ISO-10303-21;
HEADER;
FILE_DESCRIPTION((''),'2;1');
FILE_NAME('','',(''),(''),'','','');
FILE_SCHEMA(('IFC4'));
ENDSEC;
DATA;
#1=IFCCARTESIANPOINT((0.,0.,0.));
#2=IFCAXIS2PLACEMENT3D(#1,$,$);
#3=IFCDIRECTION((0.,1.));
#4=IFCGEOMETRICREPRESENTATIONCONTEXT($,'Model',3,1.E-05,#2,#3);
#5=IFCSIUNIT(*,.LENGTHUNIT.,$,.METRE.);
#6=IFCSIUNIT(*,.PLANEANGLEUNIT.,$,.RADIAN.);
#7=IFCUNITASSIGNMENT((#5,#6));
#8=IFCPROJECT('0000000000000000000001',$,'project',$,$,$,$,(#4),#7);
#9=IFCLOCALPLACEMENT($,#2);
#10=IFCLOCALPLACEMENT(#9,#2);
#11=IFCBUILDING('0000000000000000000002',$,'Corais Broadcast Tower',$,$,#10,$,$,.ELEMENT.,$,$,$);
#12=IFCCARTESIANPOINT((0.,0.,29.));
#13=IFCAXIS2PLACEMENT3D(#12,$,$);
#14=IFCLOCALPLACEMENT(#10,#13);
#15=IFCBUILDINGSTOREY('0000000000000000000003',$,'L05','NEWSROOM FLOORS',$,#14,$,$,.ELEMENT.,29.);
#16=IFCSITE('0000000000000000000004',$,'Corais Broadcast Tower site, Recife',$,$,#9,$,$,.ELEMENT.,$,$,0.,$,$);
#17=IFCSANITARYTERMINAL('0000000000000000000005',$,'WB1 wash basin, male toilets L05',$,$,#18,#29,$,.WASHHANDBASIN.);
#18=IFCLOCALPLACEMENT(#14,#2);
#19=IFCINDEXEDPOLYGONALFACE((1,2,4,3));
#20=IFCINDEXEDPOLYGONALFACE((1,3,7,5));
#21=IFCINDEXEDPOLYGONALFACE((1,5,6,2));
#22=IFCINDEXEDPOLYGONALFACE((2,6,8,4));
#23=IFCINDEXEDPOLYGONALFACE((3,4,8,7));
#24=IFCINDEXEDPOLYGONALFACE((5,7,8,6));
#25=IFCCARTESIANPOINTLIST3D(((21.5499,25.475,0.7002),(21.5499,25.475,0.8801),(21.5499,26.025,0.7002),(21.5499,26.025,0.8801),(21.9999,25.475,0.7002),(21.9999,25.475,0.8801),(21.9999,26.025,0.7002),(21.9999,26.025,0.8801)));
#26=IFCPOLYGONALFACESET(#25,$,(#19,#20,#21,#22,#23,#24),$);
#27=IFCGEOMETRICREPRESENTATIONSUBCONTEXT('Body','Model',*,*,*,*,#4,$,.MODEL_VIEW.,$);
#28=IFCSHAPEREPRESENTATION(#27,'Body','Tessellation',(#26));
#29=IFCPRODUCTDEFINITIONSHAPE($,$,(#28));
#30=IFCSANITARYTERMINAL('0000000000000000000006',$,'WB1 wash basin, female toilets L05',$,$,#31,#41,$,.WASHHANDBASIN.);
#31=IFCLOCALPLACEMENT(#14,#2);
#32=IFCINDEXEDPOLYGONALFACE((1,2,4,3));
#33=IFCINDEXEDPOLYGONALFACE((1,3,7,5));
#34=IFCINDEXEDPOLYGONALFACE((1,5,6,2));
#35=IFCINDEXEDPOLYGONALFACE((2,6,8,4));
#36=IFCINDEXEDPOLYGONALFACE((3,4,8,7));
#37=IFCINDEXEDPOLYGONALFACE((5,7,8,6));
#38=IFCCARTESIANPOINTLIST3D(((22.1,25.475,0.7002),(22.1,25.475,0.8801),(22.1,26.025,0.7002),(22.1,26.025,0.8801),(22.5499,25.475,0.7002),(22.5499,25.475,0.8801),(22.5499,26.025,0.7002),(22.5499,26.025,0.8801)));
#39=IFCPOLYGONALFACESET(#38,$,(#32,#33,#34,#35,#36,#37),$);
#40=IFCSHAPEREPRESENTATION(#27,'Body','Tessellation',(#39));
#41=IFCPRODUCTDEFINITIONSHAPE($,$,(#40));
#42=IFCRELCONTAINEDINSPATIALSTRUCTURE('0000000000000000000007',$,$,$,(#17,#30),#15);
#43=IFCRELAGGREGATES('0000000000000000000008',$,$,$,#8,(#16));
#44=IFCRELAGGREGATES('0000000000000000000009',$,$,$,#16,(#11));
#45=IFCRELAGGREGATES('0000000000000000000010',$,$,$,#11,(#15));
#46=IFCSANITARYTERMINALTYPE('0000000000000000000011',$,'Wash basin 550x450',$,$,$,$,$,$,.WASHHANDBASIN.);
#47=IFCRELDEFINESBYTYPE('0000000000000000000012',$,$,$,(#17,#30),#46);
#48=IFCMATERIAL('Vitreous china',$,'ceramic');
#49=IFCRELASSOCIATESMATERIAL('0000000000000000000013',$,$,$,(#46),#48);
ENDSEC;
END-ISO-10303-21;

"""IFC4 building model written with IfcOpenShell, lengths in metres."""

from ifc_helpers import new_model, si_unit, direction, frame, origin, origin_2d, place, context, subcontext, project, spatial, rectangle, extrude, material, type_object, element, save


model = new_model("IFC4")

# Units and contexts
model_context = context("Model", 3, precision=1e-05, world=origin(), true_north=direction((0.0, 1.0)))
body_context = subcontext(model_context, "Body", "Model", "MODEL_VIEW")
ifc_project = project(units=[si_unit("LENGTHUNIT", "METRE"), si_unit("PLANEANGLEUNIT", "RADIAN")], contexts=[model_context])

# Site, building, storey
site_placement = place(None, origin())
site = spatial("IfcSite", under=ifc_project, at=site_placement, Name="Corais Broadcast Tower site, Recife", CompositionType="ELEMENT", RefElevation=0.0)
building_placement = place(site_placement, origin())
building = spatial("IfcBuilding", under=site, at=building_placement, Name="Corais Broadcast Tower", CompositionType="ELEMENT")
storey_placement = place(building_placement, frame((0.0, 0.0, 29.0)))
storey = spatial("IfcBuildingStorey", under=building, at=storey_placement, Name="L05", Description="NEWSROOM FLOORS", CompositionType="ELEMENT", Elevation=29.0)

# Sanitary terminals
ifc_material_1 = material(Name="Vitreous china", Category="ceramic")
sanitary_terminal_type_1 = type_object("IfcSanitaryTerminalType", Name="Wash basin 550x450", PredefinedType="WASHHANDBASIN", material=ifc_material_1)
for number, where, z_axis, x_axis, name in (
    (1, (21.7749, 25.75, 0.7002), (0.0, 0.0, 1.0), (1.0, 0.0, 0.0), "WB1 wash basin, male toilets L05"),
    (2, (22.325, 25.75, 0.7002), (0.0, 0.0, 1.0), (1.0, 0.0, 0.0), "WB1 wash basin, female toilets L05"),
):
    element("IfcSanitaryTerminal", number, at=place(storey_placement, frame(where, z_axis=z_axis, x_axis=x_axis)), inside=storey, type_object=sanitary_terminal_type_1, Name=name, PredefinedType="WASHHANDBASIN", context=body_context, shape_type="SweptSolid", body=[
        extrude(rectangle(XDim=0.45, YDim=0.55, at=origin_2d()), origin(), (0.0, 0.0, 1.0), 0.1799),
    ])

save(model, "model.ifc")
